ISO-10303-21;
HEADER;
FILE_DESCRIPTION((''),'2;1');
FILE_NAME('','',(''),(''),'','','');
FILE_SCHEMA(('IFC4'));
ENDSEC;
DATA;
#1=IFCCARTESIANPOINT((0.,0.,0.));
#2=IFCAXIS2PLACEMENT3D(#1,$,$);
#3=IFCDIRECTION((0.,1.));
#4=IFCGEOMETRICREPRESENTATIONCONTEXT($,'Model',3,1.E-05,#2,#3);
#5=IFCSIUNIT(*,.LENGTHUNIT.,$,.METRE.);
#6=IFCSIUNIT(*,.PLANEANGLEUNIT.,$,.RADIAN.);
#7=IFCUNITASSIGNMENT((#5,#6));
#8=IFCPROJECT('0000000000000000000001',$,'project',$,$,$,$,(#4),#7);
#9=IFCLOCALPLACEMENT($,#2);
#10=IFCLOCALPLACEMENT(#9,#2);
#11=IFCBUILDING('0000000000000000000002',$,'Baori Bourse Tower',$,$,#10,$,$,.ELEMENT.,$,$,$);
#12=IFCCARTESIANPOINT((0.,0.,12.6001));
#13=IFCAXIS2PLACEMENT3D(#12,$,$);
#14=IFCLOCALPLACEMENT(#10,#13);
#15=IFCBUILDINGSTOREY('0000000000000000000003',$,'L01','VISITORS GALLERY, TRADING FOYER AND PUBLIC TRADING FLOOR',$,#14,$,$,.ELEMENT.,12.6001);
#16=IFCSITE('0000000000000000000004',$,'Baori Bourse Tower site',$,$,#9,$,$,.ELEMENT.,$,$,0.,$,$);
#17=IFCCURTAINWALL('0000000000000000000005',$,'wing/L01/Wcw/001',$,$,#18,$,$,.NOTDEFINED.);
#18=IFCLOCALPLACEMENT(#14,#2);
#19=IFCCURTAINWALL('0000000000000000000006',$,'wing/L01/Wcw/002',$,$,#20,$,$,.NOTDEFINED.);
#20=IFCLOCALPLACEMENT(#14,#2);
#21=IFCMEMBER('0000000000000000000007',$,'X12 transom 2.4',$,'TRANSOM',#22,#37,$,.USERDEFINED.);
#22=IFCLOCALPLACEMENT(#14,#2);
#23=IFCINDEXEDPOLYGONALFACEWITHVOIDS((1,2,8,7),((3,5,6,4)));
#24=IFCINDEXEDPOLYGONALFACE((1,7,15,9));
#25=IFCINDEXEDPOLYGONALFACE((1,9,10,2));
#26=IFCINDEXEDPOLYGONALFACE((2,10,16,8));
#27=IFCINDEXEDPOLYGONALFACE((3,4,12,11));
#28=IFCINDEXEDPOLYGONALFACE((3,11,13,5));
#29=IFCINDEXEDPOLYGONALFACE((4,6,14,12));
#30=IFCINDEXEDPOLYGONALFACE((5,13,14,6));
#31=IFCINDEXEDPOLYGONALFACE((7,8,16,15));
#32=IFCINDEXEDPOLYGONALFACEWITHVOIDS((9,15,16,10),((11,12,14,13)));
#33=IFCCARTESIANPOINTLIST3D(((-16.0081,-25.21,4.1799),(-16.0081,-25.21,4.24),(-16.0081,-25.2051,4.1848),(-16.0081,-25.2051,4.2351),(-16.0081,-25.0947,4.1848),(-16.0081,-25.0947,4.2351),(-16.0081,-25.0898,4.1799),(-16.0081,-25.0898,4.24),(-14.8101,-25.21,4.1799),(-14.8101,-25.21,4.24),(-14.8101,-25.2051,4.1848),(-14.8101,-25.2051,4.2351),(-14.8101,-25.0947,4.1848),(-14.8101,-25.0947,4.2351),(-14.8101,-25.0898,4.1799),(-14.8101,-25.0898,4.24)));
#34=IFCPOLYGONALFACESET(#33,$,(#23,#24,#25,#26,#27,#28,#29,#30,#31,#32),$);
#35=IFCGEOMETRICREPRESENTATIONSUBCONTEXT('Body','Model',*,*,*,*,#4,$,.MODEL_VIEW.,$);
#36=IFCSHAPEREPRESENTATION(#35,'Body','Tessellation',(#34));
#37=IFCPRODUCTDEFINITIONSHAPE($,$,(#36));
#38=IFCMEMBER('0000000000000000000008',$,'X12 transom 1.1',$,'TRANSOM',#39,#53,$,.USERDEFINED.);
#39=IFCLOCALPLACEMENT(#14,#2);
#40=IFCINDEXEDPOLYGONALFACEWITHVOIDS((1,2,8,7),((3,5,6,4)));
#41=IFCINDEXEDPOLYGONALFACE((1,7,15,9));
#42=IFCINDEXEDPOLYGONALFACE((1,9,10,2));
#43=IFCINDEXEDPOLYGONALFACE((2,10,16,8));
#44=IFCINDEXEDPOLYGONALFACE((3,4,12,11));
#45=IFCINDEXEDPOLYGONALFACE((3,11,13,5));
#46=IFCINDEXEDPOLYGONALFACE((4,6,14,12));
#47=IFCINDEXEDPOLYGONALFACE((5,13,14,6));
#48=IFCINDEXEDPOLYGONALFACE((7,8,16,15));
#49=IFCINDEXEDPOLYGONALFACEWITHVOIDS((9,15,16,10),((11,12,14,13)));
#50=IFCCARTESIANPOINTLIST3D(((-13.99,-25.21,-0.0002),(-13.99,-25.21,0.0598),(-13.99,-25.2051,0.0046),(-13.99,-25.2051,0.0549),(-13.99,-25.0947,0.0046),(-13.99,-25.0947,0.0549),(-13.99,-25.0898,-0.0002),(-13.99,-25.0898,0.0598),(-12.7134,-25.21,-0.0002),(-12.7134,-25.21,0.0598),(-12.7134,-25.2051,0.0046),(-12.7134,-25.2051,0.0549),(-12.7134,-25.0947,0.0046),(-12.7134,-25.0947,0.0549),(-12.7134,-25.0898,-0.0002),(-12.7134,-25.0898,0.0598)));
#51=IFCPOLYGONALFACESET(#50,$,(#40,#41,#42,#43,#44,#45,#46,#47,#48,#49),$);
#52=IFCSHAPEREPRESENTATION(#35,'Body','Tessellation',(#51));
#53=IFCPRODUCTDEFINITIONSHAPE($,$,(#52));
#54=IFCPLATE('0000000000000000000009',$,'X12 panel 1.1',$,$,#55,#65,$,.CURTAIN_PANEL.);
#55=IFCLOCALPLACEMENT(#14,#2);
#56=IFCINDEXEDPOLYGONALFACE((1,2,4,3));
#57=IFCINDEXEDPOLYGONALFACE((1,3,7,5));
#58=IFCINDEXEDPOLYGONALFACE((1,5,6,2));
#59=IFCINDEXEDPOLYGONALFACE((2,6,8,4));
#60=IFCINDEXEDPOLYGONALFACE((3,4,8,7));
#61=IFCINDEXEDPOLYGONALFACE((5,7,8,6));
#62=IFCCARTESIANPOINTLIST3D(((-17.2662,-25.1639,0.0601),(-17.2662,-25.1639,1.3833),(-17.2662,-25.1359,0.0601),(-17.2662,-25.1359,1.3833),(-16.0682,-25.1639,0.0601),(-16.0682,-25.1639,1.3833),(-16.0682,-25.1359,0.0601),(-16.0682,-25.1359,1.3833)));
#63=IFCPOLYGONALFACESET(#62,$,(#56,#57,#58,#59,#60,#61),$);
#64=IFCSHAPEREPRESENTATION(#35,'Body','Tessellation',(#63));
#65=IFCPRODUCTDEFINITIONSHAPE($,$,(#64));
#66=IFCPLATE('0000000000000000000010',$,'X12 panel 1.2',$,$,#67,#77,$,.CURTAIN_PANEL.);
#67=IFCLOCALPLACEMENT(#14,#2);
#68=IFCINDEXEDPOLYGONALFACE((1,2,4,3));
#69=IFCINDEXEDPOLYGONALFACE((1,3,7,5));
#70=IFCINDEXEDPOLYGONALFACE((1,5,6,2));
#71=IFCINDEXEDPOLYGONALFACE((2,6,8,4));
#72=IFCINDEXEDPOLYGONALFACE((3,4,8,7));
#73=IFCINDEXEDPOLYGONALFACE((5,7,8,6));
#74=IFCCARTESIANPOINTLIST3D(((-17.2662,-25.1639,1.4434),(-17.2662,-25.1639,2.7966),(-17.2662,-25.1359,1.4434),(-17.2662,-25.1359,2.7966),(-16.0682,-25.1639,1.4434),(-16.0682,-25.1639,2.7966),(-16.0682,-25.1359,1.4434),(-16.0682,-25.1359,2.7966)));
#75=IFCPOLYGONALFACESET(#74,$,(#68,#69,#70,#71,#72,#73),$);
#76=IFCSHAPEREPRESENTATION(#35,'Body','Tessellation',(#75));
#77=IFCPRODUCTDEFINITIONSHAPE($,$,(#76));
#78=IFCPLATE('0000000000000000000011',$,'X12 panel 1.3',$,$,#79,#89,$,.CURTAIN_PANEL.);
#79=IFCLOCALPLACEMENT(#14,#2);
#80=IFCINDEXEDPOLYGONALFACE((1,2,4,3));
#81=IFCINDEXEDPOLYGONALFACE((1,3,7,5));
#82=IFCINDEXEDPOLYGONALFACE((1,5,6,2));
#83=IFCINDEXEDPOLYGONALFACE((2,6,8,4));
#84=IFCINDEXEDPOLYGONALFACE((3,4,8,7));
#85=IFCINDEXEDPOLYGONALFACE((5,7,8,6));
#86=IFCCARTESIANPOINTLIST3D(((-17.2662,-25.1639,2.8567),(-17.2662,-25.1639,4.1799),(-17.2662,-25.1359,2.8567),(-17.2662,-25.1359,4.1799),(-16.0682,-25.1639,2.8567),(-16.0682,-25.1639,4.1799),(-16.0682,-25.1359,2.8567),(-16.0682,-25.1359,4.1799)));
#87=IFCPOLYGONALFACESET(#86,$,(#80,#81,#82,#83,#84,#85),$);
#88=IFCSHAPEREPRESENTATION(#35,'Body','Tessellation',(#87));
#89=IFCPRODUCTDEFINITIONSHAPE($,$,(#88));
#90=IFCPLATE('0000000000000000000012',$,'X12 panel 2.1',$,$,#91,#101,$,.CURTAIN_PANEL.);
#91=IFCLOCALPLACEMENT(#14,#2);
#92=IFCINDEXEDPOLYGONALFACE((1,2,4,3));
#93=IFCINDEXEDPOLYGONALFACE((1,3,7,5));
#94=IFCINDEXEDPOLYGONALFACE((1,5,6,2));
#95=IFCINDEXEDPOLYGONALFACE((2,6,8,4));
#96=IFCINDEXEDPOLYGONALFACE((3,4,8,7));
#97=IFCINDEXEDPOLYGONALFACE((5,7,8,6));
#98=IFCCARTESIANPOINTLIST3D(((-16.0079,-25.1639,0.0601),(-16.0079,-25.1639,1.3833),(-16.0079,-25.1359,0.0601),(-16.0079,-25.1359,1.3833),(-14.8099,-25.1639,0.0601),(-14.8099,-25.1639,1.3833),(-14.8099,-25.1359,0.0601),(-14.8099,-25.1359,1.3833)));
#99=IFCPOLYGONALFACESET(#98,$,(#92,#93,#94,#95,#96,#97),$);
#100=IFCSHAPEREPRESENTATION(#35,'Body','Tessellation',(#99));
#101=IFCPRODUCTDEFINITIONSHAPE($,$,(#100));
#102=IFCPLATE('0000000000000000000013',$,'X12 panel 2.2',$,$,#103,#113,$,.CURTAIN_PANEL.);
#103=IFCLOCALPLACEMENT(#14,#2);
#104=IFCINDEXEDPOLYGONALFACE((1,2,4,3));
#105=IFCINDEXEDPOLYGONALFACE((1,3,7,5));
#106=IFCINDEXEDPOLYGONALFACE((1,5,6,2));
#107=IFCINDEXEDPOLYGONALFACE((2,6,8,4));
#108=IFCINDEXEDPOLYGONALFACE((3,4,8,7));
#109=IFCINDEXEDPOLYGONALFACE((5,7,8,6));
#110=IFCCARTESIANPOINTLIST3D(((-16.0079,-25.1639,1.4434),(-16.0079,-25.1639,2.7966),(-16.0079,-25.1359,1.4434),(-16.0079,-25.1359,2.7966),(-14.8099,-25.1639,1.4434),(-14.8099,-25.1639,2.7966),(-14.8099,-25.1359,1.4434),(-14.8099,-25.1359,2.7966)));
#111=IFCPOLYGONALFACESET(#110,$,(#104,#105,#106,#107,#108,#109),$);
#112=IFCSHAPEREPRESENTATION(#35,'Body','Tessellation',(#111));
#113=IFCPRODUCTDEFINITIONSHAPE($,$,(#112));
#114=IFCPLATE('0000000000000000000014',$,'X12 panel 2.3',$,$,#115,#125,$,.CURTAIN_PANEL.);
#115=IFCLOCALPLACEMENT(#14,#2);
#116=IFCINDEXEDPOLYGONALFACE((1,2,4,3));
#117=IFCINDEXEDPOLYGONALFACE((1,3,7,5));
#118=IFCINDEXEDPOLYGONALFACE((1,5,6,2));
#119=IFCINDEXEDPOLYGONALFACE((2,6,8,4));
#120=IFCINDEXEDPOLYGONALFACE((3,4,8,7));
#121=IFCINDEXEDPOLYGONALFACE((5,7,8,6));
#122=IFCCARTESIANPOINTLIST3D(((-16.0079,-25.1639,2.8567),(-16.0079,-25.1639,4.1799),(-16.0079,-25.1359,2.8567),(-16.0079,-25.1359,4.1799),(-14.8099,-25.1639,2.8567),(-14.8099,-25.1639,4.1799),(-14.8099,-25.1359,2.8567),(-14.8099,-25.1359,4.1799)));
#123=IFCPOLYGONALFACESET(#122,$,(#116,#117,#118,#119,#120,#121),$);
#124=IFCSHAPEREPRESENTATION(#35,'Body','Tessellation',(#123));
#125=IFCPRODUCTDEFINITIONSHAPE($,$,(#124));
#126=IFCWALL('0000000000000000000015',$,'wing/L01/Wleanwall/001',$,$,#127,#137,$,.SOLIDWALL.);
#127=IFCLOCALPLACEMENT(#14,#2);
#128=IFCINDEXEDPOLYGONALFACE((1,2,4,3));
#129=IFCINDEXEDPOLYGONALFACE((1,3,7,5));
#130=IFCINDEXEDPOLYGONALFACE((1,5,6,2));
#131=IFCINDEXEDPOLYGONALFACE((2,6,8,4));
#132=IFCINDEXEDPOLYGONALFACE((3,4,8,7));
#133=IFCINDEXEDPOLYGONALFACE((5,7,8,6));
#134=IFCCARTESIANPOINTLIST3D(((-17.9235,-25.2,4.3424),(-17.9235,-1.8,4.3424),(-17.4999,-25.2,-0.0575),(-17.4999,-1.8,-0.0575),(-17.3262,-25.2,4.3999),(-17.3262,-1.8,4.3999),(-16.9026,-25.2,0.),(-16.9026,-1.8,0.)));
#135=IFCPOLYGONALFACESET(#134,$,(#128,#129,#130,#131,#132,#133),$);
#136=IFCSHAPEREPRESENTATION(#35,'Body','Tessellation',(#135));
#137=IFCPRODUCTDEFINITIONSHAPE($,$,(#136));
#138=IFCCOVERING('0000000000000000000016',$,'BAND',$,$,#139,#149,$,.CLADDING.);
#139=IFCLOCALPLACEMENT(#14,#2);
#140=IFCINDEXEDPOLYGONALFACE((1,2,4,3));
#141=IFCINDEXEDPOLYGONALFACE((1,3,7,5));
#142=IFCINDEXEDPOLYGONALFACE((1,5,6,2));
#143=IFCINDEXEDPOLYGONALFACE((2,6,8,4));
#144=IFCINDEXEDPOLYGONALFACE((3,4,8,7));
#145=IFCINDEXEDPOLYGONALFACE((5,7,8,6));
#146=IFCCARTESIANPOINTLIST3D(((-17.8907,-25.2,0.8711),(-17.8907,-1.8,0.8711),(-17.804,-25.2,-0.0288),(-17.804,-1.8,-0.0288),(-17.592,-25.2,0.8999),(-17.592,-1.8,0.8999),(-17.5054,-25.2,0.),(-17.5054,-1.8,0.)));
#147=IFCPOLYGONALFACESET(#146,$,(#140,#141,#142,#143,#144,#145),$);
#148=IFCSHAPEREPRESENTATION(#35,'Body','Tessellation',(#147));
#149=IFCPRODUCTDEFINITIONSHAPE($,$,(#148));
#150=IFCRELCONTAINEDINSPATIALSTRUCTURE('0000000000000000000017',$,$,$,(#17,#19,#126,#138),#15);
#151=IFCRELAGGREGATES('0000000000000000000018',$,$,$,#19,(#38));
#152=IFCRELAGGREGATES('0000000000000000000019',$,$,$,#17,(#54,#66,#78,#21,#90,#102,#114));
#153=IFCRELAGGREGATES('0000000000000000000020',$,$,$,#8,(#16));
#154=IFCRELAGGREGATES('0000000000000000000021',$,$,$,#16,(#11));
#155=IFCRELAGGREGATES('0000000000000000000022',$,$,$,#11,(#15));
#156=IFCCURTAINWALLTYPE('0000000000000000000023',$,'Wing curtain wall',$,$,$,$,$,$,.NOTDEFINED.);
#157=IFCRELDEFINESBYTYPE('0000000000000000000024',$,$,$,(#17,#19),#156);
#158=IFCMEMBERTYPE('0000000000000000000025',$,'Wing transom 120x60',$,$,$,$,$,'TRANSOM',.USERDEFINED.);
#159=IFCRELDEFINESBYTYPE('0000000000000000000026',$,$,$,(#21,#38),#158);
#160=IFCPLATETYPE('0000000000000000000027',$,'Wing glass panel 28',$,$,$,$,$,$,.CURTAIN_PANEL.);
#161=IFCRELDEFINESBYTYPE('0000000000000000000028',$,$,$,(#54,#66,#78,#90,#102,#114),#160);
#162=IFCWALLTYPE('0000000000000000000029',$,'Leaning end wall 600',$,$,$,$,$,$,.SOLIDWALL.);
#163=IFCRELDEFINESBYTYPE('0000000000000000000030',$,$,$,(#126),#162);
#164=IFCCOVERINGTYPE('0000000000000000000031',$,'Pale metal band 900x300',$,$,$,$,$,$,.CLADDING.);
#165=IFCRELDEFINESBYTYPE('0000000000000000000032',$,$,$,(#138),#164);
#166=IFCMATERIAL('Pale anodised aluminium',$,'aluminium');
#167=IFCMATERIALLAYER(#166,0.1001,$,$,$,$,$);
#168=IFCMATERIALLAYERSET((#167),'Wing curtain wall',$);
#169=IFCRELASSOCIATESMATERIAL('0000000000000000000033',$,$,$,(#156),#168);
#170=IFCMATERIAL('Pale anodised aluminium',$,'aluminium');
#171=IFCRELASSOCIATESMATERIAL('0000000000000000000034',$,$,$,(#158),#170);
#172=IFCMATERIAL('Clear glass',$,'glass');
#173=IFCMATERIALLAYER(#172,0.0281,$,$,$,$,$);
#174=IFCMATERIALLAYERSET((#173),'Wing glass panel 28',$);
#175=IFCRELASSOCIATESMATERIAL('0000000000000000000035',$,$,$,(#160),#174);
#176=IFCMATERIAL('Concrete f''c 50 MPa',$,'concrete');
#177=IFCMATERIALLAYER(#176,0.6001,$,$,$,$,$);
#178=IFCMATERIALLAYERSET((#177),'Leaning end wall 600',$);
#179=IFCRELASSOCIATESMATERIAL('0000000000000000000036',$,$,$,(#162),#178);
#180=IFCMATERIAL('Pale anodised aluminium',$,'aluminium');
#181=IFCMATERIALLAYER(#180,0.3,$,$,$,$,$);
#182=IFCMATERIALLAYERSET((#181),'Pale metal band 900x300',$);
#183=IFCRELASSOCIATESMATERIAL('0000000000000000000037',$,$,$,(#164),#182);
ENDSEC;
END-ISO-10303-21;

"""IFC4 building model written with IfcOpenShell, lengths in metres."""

from ifc_helpers import new_model, si_unit, direction, frame, origin, origin_2d, place, context, subcontext, project, spatial, polyline, rectangle, hollow_rectangle, outline, extrude, material, layer, layer_set, material_profile, profile_set, type_object, element, aggregate, save


model = new_model("IFC4")

# Units and contexts
model_context = context("Model", 3, precision=1e-05, world=origin(), true_north=direction((0.0, 1.0)))
body_context = subcontext(model_context, "Body", "Model", "MODEL_VIEW")
ifc_project = project(units=[si_unit("LENGTHUNIT", "METRE"), si_unit("PLANEANGLEUNIT", "RADIAN")], contexts=[model_context])

# Site, building, storey
site_placement = place(None, origin())
site = spatial("IfcSite", under=ifc_project, at=site_placement, Name="Baori Bourse Tower site", CompositionType="ELEMENT", RefElevation=0.0)
building_placement = place(site_placement, origin())
building = spatial("IfcBuilding", under=site, at=building_placement, Name="Baori Bourse Tower", CompositionType="ELEMENT")
storey_placement = place(building_placement, frame((0.0, 0.0, 12.6001)))
storey = spatial("IfcBuildingStorey", under=building, at=storey_placement, Name="L01", Description="VISITORS GALLERY, TRADING FOYER AND PUBLIC TRADING FLOOR", CompositionType="ELEMENT", Elevation=12.6001)

# Curtain wall
ifc_material_1 = material(Name="Pale anodised aluminium", Category="aluminium")
ifc_layer_1 = layer(ifc_material_1, 0.1001)
ifc_layer_set_1 = layer_set([ifc_layer_1], Name="Wing curtain wall")
curtain_wall_type = type_object("IfcCurtainWallType", Name="Wing curtain wall", PredefinedType="NOTDEFINED", material=ifc_layer_set_1)
curtain_wall_1_placement = place(storey_placement, origin())
curtain_wall_1 = element("IfcCurtainWall", 1, at=curtain_wall_1_placement, inside=storey, type_object=curtain_wall_type, Name="wing/L01/Wcw/001", PredefinedType="NOTDEFINED")

# Curtain wall
curtain_wall_2_placement = place(storey_placement, origin())
curtain_wall_2 = element("IfcCurtainWall", 2, at=curtain_wall_2_placement, inside=storey, type_object=curtain_wall_type, Name="wing/L01/Wcw/002", PredefinedType="NOTDEFINED")

# Members
ifc_material_2 = material(Name="Pale anodised aluminium", Category="aluminium")
ifc_material_profile_1 = material_profile(ifc_material_2, hollow_rectangle(XDim=0.1201, YDim=0.0601, WallThickness=0.0049, at=origin_2d()), Name="Transom 120x60x5")
ifc_profile_set_1 = profile_set([ifc_material_profile_1], Name="Pale anodised aluminium")
member_type_1 = type_object("IfcMemberType", Name="Wing transom 120x60", ElementType="TRANSOM", PredefinedType="USERDEFINED", material=ifc_profile_set_1)
member_1_placement = place(storey_placement, frame((-16.0081, -25.1499, 4.21), z_axis=(1.0, 0.0, 0.0), x_axis=(0.0, 1.0, 0.0)))
member_1 = element("IfcMember", 3, at=member_1_placement, type_object=member_type_1, Name="X12 transom 2.4", ObjectType="TRANSOM", PredefinedType="USERDEFINED", context=body_context, shape_type="SweptSolid", body=[
    extrude(hollow_rectangle(XDim=0.1201, YDim=0.0601, WallThickness=0.0049, at=origin_2d()), origin(), (0.0, 0.0, 1.0), 1.198),
])
member_2_placement = place(storey_placement, frame((-13.99, -25.1499, 0.0298), z_axis=(1.0, 0.0, 0.0), x_axis=(0.0, 1.0, 0.0)))
member_2 = element("IfcMember", 4, at=member_2_placement, type_object=member_type_1, Name="X12 transom 1.1", ObjectType="TRANSOM", PredefinedType="USERDEFINED", context=body_context, shape_type="SweptSolid", body=[
    extrude(hollow_rectangle(XDim=0.1201, YDim=0.0601, WallThickness=0.0049, at=origin_2d()), origin(), (0.0, 0.0, 1.0), 1.2766),
])
aggregate(curtain_wall_2, [member_2])

# Plates
ifc_material_3 = material(Name="Clear glass", Category="glass")
ifc_layer_2 = layer(ifc_material_3, 0.0281)
ifc_layer_set_2 = layer_set([ifc_layer_2], Name="Wing glass panel 28")
plate_type = type_object("IfcPlateType", Name="Wing glass panel 28", PredefinedType="CURTAIN_PANEL", material=ifc_layer_set_2)
plate_1_placement = place(storey_placement, frame((-16.6672, -25.1499, 0.0601), z_axis=(0.0, 0.0, 1.0), x_axis=(1.0, 0.0, 0.0)))
plate_1 = element("IfcPlate", 5, at=plate_1_placement, type_object=plate_type, Name="X12 panel 1.1", PredefinedType="CURTAIN_PANEL", context=body_context, shape_type="SweptSolid", body=[
    extrude(rectangle(XDim=1.198, YDim=0.0281, at=origin_2d()), origin(), (0.0, 0.0, 1.0), 1.3232),
])
plate_2_placement = place(storey_placement, frame((-16.6672, -25.1499, 1.4434), z_axis=(0.0, 0.0, 1.0), x_axis=(1.0, 0.0, 0.0)))
plate_2 = element("IfcPlate", 6, at=plate_2_placement, type_object=plate_type, Name="X12 panel 1.2", PredefinedType="CURTAIN_PANEL", context=body_context, shape_type="SweptSolid", body=[
    extrude(rectangle(XDim=1.198, YDim=0.0281, at=origin_2d()), origin(), (0.0, 0.0, 1.0), 1.3533),
])
plate_3_placement = place(storey_placement, frame((-16.6672, -25.1499, 2.8567), z_axis=(0.0, 0.0, 1.0), x_axis=(1.0, 0.0, 0.0)))
plate_3 = element("IfcPlate", 7, at=plate_3_placement, type_object=plate_type, Name="X12 panel 1.3", PredefinedType="CURTAIN_PANEL", context=body_context, shape_type="SweptSolid", body=[
    extrude(rectangle(XDim=1.198, YDim=0.0281, at=origin_2d()), origin(), (0.0, 0.0, 1.0), 1.3232),
])
plate_4_placement = place(storey_placement, frame((-15.4089, -25.1499, 0.0601), z_axis=(0.0, 0.0, 1.0), x_axis=(1.0, 0.0, 0.0)))
plate_4 = element("IfcPlate", 8, at=plate_4_placement, type_object=plate_type, Name="X12 panel 2.1", PredefinedType="CURTAIN_PANEL", context=body_context, shape_type="SweptSolid", body=[
    extrude(rectangle(XDim=1.198, YDim=0.0281, at=origin_2d()), origin(), (0.0, 0.0, 1.0), 1.3232),
])
plate_5_placement = place(storey_placement, frame((-15.4089, -25.1499, 1.4434), z_axis=(0.0, 0.0, 1.0), x_axis=(1.0, 0.0, 0.0)))
plate_5 = element("IfcPlate", 9, at=plate_5_placement, type_object=plate_type, Name="X12 panel 2.2", PredefinedType="CURTAIN_PANEL", context=body_context, shape_type="SweptSolid", body=[
    extrude(rectangle(XDim=1.198, YDim=0.0281, at=origin_2d()), origin(), (0.0, 0.0, 1.0), 1.3533),
])
plate_6_placement = place(storey_placement, frame((-15.4089, -25.1499, 2.8567), z_axis=(0.0, 0.0, 1.0), x_axis=(1.0, 0.0, 0.0)))
plate_6 = element("IfcPlate", 10, at=plate_6_placement, type_object=plate_type, Name="X12 panel 2.3", PredefinedType="CURTAIN_PANEL", context=body_context, shape_type="SweptSolid", body=[
    extrude(rectangle(XDim=1.198, YDim=0.0281, at=origin_2d()), origin(), (0.0, 0.0, 1.0), 1.3232),
])
aggregate(curtain_wall_1, [plate_1, plate_2, plate_3, member_1, plate_4, plate_5, plate_6])

# Wall
ifc_material_4 = material(Name="Concrete f'c 50 MPa", Category="concrete")
ifc_layer_3 = layer(ifc_material_4, 0.6001)
ifc_layer_set_3 = layer_set([ifc_layer_3], Name="Leaning end wall 600")
wall_type = type_object("IfcWallType", Name="Leaning end wall 600", PredefinedType="SOLIDWALL", material=ifc_layer_set_3)
wall_placement = place(storey_placement, frame((-16.9026, -25.2, 0.0), z_axis=(0.995398, 0.0, 0.095828), x_axis=(0.0, 1.0, 0.0)))
element("IfcWall", 11, at=wall_placement, inside=storey, type_object=wall_type, Name="wing/L01/Wleanwall/001", PredefinedType="SOLIDWALL", context=body_context, shape_type="SweptSolid", body=[
    extrude(outline(polyline([(0.0, 0.0), (23.3999, 0.0), (23.3999, 4.4202), (0.0, 4.4202), (0.0, 0.0)])), origin(), (0.0, 0.0, -1.0), 0.6001),
])

# Covering
ifc_material_5 = material(Name="Pale anodised aluminium", Category="aluminium")
ifc_layer_4 = layer(ifc_material_5, 0.3)
ifc_layer_set_4 = layer_set([ifc_layer_4], Name="Pale metal band 900x300")
covering_type = type_object("IfcCoveringType", Name="Pale metal band 900x300", PredefinedType="CLADDING", material=ifc_layer_set_4)
covering_placement = place(storey_placement, frame((-17.5054, -25.2, 0.0), z_axis=(0.995394, 0.0, 0.095867), x_axis=(0.0, 1.0, 0.0)))
element("IfcCovering", 12, at=covering_placement, inside=storey, type_object=covering_type, Name="BAND", PredefinedType="CLADDING", context=body_context, shape_type="SweptSolid", body=[
    extrude(outline(polyline([(0.0, 0.0), (23.3999, 0.0), (23.3999, 0.9041), (0.0, 0.9041), (0.0, 0.0)])), origin(), (0.0, 0.0, -1.0), 0.3),
])

save(model, "model.ifc")
